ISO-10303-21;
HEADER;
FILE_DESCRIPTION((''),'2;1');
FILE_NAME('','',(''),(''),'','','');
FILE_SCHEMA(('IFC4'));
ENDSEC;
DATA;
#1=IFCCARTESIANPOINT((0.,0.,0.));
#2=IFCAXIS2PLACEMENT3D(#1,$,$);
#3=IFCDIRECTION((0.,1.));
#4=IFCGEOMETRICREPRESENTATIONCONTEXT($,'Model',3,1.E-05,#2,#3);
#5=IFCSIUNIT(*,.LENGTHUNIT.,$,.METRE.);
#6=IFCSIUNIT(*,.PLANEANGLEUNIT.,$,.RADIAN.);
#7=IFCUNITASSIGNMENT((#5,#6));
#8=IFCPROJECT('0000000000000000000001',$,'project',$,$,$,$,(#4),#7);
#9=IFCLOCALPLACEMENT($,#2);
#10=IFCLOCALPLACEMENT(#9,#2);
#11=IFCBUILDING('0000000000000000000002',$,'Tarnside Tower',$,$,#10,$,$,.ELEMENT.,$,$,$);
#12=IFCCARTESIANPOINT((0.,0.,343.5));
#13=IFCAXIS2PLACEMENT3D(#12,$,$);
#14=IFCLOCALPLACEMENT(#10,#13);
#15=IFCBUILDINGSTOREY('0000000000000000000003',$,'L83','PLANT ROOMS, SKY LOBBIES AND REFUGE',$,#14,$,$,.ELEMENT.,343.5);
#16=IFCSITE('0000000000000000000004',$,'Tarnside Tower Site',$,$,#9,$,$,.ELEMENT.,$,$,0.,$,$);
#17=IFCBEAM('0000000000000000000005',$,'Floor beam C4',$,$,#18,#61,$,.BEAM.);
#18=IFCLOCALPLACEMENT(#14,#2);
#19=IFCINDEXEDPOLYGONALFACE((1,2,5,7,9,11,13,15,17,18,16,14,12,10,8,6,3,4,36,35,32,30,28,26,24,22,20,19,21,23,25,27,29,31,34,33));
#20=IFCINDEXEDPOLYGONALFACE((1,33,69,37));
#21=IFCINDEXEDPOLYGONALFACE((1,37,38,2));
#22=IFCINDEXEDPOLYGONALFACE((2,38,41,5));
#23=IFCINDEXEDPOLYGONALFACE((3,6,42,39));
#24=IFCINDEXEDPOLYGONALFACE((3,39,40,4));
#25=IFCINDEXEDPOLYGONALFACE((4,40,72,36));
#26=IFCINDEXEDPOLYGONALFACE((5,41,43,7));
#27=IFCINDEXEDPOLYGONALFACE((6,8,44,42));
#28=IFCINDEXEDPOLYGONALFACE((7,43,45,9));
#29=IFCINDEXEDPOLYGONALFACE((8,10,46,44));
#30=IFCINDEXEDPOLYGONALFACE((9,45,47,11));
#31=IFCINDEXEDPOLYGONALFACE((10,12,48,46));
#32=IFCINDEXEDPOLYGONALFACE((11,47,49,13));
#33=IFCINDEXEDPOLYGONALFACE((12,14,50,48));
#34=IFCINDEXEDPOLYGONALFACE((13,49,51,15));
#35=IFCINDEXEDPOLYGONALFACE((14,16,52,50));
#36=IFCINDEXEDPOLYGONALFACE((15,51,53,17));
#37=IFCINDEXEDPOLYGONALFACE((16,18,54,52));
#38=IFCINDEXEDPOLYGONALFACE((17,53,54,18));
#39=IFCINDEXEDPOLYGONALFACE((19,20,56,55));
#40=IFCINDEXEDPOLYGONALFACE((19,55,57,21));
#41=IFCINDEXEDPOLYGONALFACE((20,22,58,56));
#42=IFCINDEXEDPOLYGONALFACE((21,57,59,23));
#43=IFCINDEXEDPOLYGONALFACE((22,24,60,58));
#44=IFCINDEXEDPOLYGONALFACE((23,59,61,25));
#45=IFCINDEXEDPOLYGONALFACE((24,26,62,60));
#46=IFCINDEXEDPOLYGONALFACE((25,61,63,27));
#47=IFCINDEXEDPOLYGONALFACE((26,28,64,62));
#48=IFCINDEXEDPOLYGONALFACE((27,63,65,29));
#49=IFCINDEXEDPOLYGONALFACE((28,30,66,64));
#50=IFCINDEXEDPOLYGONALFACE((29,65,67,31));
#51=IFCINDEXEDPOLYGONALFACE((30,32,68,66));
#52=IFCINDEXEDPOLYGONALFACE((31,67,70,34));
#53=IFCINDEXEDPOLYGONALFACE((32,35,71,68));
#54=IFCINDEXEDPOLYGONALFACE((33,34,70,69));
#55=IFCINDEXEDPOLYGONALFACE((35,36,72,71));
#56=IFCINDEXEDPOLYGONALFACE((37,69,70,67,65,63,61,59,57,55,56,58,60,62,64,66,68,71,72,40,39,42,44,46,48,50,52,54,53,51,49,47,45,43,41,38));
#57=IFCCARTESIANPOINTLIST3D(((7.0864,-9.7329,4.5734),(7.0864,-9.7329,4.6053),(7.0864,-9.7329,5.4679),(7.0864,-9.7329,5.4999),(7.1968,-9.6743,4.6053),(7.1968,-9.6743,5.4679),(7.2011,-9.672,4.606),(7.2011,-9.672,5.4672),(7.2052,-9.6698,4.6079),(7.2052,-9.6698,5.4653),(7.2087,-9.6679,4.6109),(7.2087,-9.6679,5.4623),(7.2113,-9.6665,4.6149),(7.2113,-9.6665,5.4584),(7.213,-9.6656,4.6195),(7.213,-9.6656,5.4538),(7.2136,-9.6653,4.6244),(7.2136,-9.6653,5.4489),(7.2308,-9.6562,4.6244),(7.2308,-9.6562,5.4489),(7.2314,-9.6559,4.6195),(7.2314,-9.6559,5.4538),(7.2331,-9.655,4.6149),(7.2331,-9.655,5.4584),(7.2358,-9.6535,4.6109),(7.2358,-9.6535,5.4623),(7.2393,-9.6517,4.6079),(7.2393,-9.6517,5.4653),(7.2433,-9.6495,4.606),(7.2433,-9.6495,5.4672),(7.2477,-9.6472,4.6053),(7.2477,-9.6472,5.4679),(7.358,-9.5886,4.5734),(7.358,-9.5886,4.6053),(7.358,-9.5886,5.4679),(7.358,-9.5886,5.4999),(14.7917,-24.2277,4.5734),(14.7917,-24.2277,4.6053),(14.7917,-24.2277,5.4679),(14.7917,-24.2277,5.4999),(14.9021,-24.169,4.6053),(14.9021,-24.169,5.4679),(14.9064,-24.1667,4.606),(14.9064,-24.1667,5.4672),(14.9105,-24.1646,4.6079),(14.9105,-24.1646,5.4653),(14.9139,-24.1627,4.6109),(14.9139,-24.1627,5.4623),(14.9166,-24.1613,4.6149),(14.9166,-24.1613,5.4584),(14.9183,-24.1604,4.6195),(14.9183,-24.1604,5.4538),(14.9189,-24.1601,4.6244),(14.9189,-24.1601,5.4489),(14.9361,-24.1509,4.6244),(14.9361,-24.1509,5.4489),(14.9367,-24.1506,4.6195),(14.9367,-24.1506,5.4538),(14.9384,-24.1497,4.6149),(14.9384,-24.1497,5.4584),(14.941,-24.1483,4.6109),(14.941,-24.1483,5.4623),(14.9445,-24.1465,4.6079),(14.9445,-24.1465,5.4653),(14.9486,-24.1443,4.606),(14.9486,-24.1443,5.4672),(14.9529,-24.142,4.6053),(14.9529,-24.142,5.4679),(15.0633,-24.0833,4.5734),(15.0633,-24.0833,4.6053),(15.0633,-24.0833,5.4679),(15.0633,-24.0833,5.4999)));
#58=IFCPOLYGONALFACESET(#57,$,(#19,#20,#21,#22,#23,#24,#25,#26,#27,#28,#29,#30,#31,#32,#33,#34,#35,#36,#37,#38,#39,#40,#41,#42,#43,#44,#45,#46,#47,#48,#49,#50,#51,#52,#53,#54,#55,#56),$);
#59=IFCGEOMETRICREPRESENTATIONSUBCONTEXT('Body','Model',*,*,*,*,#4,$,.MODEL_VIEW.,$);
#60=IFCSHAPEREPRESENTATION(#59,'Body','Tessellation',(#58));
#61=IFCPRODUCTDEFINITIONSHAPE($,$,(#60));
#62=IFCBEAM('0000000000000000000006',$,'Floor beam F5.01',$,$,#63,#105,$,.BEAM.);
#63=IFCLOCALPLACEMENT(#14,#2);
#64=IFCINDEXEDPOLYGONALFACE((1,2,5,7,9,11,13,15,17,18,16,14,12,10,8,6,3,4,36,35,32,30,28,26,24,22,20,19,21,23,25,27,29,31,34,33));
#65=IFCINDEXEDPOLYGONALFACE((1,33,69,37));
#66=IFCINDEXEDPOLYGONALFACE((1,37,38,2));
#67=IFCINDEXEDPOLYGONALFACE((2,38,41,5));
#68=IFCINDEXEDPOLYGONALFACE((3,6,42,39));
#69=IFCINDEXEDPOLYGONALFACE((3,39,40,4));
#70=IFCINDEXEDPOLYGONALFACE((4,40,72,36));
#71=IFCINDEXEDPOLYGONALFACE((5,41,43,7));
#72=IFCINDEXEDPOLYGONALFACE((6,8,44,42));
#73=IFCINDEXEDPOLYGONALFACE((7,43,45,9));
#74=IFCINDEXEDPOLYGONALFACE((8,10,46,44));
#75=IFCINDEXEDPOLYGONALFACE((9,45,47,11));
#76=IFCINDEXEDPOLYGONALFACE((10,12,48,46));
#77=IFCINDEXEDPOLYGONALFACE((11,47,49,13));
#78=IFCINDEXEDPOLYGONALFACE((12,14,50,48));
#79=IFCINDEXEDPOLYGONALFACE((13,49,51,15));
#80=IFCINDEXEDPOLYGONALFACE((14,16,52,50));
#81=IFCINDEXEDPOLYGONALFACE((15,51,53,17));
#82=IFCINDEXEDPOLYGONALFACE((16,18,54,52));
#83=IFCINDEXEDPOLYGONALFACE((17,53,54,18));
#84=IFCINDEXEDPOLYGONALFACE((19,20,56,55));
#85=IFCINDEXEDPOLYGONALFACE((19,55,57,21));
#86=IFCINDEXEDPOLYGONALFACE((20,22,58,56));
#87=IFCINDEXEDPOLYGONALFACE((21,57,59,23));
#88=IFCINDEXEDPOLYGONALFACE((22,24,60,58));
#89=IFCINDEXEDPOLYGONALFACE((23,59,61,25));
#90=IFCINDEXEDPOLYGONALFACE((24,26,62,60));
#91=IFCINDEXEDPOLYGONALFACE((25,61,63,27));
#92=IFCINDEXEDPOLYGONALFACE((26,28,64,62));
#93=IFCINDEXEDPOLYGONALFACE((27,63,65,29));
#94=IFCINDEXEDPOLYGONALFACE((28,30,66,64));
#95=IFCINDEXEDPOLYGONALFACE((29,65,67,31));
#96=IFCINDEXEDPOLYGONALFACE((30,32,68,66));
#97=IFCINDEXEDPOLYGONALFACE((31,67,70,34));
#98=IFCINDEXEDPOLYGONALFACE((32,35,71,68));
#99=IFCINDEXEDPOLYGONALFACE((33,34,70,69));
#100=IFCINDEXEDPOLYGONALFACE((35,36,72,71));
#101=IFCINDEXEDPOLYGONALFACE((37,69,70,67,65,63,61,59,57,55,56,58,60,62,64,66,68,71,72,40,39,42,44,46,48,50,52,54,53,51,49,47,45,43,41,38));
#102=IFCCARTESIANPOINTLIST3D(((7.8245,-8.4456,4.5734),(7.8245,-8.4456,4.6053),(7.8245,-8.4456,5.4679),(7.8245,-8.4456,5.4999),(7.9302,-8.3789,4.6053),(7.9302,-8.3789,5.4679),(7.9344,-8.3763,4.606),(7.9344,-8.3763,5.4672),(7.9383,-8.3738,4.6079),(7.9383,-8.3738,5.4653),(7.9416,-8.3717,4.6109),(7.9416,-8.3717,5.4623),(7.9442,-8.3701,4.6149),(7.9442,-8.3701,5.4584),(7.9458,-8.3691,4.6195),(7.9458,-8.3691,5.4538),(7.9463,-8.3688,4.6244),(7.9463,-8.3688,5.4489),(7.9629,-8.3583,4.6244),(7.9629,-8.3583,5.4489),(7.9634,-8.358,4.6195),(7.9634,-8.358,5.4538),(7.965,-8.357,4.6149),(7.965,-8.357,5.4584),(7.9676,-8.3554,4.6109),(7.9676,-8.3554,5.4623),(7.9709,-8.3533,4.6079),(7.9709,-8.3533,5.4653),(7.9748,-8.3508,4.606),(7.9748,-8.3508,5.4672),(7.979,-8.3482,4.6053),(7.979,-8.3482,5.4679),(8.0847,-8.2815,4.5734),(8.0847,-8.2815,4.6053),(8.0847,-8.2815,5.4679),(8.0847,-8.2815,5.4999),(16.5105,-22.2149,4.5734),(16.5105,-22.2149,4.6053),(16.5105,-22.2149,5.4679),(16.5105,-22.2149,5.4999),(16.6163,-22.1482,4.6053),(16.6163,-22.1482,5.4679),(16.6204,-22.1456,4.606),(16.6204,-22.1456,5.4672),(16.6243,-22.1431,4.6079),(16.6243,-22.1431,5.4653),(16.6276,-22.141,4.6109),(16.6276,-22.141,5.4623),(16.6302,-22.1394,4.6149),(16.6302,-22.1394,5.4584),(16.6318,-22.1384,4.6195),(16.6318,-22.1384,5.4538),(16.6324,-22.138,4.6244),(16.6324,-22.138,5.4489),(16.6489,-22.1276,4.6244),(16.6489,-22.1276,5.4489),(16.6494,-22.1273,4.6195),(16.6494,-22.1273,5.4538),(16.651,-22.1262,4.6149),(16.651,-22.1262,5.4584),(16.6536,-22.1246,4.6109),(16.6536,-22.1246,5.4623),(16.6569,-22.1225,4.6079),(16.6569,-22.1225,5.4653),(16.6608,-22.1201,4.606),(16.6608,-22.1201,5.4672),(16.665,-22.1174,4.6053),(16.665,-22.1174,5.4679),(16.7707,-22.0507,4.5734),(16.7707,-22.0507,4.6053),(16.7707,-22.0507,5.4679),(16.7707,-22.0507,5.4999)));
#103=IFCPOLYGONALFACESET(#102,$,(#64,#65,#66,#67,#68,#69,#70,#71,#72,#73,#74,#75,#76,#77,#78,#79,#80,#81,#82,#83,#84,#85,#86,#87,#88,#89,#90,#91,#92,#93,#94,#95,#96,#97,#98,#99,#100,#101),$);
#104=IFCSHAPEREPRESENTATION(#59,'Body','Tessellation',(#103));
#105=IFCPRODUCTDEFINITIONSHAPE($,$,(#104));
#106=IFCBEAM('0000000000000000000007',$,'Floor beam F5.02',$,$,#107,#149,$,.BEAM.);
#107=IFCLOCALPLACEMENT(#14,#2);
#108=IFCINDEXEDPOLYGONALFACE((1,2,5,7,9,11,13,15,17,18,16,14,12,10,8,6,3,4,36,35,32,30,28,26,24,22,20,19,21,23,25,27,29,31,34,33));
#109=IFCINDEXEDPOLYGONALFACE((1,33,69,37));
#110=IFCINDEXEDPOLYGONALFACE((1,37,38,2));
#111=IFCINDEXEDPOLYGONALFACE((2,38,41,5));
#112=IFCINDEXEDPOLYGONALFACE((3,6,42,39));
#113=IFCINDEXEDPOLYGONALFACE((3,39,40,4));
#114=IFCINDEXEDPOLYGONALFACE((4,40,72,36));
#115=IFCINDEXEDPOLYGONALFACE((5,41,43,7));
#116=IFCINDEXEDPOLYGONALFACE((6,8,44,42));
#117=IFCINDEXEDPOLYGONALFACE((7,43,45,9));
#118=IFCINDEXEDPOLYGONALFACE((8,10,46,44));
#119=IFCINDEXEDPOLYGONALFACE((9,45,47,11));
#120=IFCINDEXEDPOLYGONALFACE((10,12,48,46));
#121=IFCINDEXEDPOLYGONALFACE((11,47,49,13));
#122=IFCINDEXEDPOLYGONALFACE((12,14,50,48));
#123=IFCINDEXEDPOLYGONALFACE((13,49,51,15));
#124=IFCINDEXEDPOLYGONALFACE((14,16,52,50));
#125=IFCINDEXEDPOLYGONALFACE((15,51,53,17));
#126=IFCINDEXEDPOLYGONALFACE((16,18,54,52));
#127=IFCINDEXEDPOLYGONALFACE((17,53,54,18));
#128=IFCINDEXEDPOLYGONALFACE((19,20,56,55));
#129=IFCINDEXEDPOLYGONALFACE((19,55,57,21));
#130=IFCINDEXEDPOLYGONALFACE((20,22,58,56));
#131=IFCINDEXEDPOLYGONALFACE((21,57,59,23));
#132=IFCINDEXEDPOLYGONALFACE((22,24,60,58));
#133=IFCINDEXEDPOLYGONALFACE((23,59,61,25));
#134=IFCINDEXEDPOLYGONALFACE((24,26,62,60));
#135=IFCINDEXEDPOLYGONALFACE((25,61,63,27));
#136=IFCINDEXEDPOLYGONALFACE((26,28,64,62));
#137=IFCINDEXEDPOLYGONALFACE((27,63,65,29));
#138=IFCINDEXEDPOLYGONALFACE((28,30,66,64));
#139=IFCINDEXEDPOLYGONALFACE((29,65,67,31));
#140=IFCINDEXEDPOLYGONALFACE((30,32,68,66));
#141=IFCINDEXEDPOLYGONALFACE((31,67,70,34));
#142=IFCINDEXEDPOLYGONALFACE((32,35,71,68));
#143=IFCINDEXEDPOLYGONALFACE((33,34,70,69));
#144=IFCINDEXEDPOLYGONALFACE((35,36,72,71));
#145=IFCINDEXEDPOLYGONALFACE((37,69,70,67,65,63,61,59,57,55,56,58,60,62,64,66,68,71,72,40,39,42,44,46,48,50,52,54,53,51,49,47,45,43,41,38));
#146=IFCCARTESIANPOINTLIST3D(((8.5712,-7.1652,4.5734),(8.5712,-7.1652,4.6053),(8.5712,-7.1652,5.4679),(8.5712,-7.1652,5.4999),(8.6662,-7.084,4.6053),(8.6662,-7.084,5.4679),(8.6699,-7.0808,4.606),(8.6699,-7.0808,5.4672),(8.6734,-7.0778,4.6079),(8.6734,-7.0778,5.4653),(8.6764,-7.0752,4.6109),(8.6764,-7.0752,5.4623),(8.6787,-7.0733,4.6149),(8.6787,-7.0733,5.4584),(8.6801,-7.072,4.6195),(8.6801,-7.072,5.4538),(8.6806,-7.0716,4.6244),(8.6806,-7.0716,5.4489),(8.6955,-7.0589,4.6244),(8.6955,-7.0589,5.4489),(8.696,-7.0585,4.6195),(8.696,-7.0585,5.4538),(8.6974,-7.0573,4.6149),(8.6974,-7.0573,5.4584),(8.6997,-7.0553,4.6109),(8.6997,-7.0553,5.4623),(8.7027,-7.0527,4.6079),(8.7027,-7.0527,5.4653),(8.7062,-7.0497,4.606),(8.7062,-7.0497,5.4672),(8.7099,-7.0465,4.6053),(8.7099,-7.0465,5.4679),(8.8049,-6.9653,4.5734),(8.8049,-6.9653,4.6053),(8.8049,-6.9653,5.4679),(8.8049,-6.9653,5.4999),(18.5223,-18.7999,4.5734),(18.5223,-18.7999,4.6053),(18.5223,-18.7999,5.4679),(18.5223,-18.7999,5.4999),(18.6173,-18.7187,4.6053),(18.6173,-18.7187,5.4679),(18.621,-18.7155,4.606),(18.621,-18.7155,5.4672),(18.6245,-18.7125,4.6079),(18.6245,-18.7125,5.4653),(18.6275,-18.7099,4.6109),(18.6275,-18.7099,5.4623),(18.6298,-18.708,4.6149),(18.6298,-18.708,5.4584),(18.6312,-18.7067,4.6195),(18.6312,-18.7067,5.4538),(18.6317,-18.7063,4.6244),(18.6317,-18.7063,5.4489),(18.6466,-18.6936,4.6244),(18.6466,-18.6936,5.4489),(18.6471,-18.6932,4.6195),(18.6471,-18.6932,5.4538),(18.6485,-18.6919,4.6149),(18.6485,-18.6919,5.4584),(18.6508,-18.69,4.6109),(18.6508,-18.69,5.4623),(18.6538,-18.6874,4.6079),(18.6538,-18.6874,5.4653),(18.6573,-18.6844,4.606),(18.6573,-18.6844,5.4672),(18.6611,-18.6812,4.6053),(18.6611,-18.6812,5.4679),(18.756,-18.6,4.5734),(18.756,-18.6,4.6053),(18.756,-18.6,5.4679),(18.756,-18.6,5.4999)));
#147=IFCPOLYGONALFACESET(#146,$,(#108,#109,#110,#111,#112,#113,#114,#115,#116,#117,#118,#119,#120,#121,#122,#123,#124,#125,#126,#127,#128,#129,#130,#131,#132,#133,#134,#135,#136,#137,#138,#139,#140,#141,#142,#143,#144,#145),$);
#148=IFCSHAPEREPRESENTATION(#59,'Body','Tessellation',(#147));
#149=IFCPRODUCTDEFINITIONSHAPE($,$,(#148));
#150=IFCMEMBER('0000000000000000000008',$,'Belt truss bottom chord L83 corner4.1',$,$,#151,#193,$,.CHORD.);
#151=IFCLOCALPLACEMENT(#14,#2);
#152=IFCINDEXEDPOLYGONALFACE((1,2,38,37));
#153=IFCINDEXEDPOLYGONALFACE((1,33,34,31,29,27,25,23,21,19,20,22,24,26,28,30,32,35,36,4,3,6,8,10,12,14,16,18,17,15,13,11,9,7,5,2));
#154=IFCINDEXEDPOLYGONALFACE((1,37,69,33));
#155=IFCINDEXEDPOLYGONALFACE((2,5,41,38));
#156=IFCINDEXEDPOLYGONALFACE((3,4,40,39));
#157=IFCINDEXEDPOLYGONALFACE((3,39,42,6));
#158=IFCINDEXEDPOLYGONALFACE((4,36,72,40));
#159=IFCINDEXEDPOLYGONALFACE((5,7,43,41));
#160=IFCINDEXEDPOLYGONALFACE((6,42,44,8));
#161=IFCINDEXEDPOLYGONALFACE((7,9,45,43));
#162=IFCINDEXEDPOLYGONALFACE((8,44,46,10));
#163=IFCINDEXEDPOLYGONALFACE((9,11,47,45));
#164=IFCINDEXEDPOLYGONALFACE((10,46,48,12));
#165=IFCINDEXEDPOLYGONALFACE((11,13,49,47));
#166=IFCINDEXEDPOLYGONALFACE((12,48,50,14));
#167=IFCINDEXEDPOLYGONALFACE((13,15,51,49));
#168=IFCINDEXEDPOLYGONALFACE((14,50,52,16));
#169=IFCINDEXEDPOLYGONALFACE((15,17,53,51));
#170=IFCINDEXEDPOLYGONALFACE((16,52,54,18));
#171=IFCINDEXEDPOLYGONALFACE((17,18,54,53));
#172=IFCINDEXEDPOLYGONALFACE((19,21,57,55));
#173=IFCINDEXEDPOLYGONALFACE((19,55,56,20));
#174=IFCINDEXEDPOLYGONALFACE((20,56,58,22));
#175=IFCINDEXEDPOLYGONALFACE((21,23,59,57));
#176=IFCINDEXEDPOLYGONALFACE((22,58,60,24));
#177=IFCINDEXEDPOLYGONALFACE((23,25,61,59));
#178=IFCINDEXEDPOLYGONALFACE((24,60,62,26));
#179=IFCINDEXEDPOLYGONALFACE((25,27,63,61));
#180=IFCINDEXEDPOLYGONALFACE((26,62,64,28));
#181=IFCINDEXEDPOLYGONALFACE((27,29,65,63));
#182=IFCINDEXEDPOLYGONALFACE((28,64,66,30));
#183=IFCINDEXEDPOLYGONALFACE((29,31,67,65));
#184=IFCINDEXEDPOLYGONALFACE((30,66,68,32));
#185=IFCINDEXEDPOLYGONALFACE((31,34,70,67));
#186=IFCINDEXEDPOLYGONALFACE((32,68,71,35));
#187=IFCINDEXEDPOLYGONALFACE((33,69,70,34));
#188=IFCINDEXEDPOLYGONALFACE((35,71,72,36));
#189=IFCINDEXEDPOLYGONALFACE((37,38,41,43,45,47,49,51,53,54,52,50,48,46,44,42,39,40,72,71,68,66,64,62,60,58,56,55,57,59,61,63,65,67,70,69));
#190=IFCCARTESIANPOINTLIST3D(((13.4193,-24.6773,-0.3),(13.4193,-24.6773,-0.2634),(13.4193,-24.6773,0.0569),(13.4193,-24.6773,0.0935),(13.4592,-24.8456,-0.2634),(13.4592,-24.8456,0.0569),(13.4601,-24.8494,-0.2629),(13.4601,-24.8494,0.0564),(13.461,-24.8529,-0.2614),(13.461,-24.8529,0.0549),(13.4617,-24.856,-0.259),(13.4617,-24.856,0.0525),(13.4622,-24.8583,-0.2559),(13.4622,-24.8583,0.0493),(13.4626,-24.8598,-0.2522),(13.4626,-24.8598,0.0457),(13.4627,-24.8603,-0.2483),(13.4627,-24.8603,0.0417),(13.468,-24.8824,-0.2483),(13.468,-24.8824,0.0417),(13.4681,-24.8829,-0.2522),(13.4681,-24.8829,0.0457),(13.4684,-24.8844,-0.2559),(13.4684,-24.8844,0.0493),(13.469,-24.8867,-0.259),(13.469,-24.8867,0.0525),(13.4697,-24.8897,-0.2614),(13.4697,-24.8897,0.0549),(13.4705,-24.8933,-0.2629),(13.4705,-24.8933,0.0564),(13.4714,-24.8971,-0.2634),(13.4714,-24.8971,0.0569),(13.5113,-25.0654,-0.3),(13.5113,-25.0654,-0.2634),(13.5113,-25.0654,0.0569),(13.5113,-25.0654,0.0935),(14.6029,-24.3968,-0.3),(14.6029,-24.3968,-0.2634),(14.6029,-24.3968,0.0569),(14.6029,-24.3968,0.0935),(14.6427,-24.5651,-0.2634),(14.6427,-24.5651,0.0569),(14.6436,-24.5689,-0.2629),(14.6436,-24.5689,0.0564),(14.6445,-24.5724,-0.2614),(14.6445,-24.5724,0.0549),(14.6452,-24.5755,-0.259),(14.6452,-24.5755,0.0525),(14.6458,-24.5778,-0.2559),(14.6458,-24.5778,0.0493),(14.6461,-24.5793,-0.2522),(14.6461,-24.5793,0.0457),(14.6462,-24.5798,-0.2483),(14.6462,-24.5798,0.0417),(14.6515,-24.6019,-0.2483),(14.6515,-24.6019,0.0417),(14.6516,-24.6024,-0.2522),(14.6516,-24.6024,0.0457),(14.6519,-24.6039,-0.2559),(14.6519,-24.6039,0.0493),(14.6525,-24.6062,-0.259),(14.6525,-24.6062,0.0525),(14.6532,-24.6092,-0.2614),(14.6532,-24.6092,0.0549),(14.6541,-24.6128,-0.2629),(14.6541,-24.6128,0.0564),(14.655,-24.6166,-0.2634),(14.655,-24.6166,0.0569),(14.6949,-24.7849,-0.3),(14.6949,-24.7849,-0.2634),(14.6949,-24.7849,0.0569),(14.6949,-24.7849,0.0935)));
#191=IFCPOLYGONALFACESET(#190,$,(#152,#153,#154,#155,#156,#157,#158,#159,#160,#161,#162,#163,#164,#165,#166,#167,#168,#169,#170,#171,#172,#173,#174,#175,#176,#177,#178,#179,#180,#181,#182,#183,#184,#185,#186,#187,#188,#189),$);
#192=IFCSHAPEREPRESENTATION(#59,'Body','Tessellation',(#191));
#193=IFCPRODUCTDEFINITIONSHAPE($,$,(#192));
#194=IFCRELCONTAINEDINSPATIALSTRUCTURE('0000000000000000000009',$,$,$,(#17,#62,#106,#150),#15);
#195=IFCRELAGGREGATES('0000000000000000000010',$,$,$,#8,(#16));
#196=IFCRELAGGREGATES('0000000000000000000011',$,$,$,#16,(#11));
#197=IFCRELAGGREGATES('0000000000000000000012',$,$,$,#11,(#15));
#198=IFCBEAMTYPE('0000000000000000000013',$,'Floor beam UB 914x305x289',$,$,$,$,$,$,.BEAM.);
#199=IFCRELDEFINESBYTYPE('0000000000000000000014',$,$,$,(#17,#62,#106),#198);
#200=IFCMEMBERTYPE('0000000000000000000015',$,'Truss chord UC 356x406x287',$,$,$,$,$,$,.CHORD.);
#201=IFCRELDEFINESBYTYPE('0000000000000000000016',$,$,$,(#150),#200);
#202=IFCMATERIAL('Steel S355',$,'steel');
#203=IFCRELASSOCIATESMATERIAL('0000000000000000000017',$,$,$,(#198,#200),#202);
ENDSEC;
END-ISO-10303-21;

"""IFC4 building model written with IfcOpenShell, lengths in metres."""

from ifc_helpers import new_model, si_unit, direction, frame, origin, origin_2d, place, context, subcontext, project, spatial, i_section, extrude, material, material_profile, profile_set, type_object, element, save


model = new_model("IFC4")

# Units and contexts
model_context = context("Model", 3, precision=1e-05, world=origin(), true_north=direction((0.0, 1.0)))
body_context = subcontext(model_context, "Body", "Model", "MODEL_VIEW")
ifc_project = project(units=[si_unit("LENGTHUNIT", "METRE"), si_unit("PLANEANGLEUNIT", "RADIAN")], contexts=[model_context])

# Site, building, storey
site_placement = place(None, origin())
site = spatial("IfcSite", under=ifc_project, at=site_placement, Name="Tarnside Tower Site", CompositionType="ELEMENT", RefElevation=0.0)
building_placement = place(site_placement, origin())
building = spatial("IfcBuilding", under=site, at=building_placement, Name="Tarnside Tower", CompositionType="ELEMENT")
storey_placement = place(building_placement, frame((0.0, 0.0, 343.5)))
storey = spatial("IfcBuildingStorey", under=building, at=storey_placement, Name="L83", Description="PLANT ROOMS, SKY LOBBIES AND REFUGE", CompositionType="ELEMENT", Elevation=343.5)

# Beams
ifc_material_1 = material(Name="Steel S355", Category="steel")
ifc_material_profile_1 = material_profile(ifc_material_1, i_section(OverallWidth=0.3076, OverallDepth=0.9265, WebThickness=0.0195, FlangeThickness=0.032, FilletRadius=0.019, at=origin_2d()), Name="UB 914x305x289")
ifc_profile_set_1 = profile_set([ifc_material_profile_1], Name="Steel S355")
beam_type = type_object("IfcBeamType", Name="Floor beam UB 914x305x289", PredefinedType="BEAM", material=ifc_profile_set_1)
beam_1_placement = place(storey_placement, frame((14.9275, -24.1555, 5.0366), z_axis=(-0.469389, 0.882991, 0.0), x_axis=(-0.882991, -0.469389, 0.0)))
element("IfcBeam", 1, at=beam_1_placement, inside=storey, type_object=beam_type, Name="Floor beam C4", PredefinedType="BEAM", context=body_context, shape_type="SweptSolid", body=[
    extrude(i_section(OverallWidth=0.3076, OverallDepth=0.9265, WebThickness=0.0195, FlangeThickness=0.032, FilletRadius=0.019, at=origin_2d()), origin(), (0.0, 0.0, 1.0), 16.4155),
])
beam_2_placement = place(storey_placement, frame((16.6406, -22.1328, 5.0366), z_axis=(-0.533538, 0.845776, 0.0), x_axis=(-0.845776, -0.533538, 0.0)))
element("IfcBeam", 2, at=beam_2_placement, inside=storey, type_object=beam_type, Name="Floor beam F5.01", PredefinedType="BEAM", context=body_context, shape_type="SweptSolid", body=[
    extrude(i_section(OverallWidth=0.3076, OverallDepth=0.9265, WebThickness=0.0195, FlangeThickness=0.032, FilletRadius=0.019, at=origin_2d()), origin(), (0.0, 0.0, 1.0), 16.28),
])
beam_3_placement = place(storey_placement, frame((18.6392, -18.7, 5.0366), z_axis=(-0.649982, 0.75995, 0.0), x_axis=(-0.75995, -0.649982, 0.0)))
element("IfcBeam", 3, at=beam_3_placement, inside=storey, type_object=beam_type, Name="Floor beam F5.02", PredefinedType="BEAM", context=body_context, shape_type="SweptSolid", body=[
    extrude(i_section(OverallWidth=0.3076, OverallDepth=0.9265, WebThickness=0.0195, FlangeThickness=0.032, FilletRadius=0.019, at=origin_2d()), origin(), (0.0, 0.0, 1.0), 15.3098),
])

# Member
ifc_material_profile_2 = material_profile(ifc_material_1, i_section(OverallWidth=0.3989, OverallDepth=0.3936, WebThickness=0.0227, FlangeThickness=0.0366, FilletRadius=0.0151, at=origin_2d()), Name="UC 356x406x287")
ifc_profile_set_2 = profile_set([ifc_material_profile_2], Name="Steel S355")
member_type_1 = type_object("IfcMemberType", Name="Truss chord UC 356x406x287", PredefinedType="CHORD", material=ifc_profile_set_2)
for number, where, z_axis, x_axis, name in (
    (4, (13.4653, -24.8713, -0.1033), (0.973045, 0.230616, 0.0), (-0.230616, 0.973045, 0.0), "Belt truss bottom chord L83 corner4.1"),
):
    element("IfcMember", number, at=place(storey_placement, frame(where, z_axis=z_axis, x_axis=x_axis)), inside=storey, type_object=member_type_1, Name=name, PredefinedType="CHORD", context=body_context, shape_type="SweptSolid", body=[
        extrude(i_section(OverallWidth=0.3989, OverallDepth=0.3936, WebThickness=0.0227, FlangeThickness=0.0366, FilletRadius=0.0151, at=origin_2d()), origin(), (0.0, 0.0, 1.0), 1.2163),
    ])

save(model, "model.ifc")
